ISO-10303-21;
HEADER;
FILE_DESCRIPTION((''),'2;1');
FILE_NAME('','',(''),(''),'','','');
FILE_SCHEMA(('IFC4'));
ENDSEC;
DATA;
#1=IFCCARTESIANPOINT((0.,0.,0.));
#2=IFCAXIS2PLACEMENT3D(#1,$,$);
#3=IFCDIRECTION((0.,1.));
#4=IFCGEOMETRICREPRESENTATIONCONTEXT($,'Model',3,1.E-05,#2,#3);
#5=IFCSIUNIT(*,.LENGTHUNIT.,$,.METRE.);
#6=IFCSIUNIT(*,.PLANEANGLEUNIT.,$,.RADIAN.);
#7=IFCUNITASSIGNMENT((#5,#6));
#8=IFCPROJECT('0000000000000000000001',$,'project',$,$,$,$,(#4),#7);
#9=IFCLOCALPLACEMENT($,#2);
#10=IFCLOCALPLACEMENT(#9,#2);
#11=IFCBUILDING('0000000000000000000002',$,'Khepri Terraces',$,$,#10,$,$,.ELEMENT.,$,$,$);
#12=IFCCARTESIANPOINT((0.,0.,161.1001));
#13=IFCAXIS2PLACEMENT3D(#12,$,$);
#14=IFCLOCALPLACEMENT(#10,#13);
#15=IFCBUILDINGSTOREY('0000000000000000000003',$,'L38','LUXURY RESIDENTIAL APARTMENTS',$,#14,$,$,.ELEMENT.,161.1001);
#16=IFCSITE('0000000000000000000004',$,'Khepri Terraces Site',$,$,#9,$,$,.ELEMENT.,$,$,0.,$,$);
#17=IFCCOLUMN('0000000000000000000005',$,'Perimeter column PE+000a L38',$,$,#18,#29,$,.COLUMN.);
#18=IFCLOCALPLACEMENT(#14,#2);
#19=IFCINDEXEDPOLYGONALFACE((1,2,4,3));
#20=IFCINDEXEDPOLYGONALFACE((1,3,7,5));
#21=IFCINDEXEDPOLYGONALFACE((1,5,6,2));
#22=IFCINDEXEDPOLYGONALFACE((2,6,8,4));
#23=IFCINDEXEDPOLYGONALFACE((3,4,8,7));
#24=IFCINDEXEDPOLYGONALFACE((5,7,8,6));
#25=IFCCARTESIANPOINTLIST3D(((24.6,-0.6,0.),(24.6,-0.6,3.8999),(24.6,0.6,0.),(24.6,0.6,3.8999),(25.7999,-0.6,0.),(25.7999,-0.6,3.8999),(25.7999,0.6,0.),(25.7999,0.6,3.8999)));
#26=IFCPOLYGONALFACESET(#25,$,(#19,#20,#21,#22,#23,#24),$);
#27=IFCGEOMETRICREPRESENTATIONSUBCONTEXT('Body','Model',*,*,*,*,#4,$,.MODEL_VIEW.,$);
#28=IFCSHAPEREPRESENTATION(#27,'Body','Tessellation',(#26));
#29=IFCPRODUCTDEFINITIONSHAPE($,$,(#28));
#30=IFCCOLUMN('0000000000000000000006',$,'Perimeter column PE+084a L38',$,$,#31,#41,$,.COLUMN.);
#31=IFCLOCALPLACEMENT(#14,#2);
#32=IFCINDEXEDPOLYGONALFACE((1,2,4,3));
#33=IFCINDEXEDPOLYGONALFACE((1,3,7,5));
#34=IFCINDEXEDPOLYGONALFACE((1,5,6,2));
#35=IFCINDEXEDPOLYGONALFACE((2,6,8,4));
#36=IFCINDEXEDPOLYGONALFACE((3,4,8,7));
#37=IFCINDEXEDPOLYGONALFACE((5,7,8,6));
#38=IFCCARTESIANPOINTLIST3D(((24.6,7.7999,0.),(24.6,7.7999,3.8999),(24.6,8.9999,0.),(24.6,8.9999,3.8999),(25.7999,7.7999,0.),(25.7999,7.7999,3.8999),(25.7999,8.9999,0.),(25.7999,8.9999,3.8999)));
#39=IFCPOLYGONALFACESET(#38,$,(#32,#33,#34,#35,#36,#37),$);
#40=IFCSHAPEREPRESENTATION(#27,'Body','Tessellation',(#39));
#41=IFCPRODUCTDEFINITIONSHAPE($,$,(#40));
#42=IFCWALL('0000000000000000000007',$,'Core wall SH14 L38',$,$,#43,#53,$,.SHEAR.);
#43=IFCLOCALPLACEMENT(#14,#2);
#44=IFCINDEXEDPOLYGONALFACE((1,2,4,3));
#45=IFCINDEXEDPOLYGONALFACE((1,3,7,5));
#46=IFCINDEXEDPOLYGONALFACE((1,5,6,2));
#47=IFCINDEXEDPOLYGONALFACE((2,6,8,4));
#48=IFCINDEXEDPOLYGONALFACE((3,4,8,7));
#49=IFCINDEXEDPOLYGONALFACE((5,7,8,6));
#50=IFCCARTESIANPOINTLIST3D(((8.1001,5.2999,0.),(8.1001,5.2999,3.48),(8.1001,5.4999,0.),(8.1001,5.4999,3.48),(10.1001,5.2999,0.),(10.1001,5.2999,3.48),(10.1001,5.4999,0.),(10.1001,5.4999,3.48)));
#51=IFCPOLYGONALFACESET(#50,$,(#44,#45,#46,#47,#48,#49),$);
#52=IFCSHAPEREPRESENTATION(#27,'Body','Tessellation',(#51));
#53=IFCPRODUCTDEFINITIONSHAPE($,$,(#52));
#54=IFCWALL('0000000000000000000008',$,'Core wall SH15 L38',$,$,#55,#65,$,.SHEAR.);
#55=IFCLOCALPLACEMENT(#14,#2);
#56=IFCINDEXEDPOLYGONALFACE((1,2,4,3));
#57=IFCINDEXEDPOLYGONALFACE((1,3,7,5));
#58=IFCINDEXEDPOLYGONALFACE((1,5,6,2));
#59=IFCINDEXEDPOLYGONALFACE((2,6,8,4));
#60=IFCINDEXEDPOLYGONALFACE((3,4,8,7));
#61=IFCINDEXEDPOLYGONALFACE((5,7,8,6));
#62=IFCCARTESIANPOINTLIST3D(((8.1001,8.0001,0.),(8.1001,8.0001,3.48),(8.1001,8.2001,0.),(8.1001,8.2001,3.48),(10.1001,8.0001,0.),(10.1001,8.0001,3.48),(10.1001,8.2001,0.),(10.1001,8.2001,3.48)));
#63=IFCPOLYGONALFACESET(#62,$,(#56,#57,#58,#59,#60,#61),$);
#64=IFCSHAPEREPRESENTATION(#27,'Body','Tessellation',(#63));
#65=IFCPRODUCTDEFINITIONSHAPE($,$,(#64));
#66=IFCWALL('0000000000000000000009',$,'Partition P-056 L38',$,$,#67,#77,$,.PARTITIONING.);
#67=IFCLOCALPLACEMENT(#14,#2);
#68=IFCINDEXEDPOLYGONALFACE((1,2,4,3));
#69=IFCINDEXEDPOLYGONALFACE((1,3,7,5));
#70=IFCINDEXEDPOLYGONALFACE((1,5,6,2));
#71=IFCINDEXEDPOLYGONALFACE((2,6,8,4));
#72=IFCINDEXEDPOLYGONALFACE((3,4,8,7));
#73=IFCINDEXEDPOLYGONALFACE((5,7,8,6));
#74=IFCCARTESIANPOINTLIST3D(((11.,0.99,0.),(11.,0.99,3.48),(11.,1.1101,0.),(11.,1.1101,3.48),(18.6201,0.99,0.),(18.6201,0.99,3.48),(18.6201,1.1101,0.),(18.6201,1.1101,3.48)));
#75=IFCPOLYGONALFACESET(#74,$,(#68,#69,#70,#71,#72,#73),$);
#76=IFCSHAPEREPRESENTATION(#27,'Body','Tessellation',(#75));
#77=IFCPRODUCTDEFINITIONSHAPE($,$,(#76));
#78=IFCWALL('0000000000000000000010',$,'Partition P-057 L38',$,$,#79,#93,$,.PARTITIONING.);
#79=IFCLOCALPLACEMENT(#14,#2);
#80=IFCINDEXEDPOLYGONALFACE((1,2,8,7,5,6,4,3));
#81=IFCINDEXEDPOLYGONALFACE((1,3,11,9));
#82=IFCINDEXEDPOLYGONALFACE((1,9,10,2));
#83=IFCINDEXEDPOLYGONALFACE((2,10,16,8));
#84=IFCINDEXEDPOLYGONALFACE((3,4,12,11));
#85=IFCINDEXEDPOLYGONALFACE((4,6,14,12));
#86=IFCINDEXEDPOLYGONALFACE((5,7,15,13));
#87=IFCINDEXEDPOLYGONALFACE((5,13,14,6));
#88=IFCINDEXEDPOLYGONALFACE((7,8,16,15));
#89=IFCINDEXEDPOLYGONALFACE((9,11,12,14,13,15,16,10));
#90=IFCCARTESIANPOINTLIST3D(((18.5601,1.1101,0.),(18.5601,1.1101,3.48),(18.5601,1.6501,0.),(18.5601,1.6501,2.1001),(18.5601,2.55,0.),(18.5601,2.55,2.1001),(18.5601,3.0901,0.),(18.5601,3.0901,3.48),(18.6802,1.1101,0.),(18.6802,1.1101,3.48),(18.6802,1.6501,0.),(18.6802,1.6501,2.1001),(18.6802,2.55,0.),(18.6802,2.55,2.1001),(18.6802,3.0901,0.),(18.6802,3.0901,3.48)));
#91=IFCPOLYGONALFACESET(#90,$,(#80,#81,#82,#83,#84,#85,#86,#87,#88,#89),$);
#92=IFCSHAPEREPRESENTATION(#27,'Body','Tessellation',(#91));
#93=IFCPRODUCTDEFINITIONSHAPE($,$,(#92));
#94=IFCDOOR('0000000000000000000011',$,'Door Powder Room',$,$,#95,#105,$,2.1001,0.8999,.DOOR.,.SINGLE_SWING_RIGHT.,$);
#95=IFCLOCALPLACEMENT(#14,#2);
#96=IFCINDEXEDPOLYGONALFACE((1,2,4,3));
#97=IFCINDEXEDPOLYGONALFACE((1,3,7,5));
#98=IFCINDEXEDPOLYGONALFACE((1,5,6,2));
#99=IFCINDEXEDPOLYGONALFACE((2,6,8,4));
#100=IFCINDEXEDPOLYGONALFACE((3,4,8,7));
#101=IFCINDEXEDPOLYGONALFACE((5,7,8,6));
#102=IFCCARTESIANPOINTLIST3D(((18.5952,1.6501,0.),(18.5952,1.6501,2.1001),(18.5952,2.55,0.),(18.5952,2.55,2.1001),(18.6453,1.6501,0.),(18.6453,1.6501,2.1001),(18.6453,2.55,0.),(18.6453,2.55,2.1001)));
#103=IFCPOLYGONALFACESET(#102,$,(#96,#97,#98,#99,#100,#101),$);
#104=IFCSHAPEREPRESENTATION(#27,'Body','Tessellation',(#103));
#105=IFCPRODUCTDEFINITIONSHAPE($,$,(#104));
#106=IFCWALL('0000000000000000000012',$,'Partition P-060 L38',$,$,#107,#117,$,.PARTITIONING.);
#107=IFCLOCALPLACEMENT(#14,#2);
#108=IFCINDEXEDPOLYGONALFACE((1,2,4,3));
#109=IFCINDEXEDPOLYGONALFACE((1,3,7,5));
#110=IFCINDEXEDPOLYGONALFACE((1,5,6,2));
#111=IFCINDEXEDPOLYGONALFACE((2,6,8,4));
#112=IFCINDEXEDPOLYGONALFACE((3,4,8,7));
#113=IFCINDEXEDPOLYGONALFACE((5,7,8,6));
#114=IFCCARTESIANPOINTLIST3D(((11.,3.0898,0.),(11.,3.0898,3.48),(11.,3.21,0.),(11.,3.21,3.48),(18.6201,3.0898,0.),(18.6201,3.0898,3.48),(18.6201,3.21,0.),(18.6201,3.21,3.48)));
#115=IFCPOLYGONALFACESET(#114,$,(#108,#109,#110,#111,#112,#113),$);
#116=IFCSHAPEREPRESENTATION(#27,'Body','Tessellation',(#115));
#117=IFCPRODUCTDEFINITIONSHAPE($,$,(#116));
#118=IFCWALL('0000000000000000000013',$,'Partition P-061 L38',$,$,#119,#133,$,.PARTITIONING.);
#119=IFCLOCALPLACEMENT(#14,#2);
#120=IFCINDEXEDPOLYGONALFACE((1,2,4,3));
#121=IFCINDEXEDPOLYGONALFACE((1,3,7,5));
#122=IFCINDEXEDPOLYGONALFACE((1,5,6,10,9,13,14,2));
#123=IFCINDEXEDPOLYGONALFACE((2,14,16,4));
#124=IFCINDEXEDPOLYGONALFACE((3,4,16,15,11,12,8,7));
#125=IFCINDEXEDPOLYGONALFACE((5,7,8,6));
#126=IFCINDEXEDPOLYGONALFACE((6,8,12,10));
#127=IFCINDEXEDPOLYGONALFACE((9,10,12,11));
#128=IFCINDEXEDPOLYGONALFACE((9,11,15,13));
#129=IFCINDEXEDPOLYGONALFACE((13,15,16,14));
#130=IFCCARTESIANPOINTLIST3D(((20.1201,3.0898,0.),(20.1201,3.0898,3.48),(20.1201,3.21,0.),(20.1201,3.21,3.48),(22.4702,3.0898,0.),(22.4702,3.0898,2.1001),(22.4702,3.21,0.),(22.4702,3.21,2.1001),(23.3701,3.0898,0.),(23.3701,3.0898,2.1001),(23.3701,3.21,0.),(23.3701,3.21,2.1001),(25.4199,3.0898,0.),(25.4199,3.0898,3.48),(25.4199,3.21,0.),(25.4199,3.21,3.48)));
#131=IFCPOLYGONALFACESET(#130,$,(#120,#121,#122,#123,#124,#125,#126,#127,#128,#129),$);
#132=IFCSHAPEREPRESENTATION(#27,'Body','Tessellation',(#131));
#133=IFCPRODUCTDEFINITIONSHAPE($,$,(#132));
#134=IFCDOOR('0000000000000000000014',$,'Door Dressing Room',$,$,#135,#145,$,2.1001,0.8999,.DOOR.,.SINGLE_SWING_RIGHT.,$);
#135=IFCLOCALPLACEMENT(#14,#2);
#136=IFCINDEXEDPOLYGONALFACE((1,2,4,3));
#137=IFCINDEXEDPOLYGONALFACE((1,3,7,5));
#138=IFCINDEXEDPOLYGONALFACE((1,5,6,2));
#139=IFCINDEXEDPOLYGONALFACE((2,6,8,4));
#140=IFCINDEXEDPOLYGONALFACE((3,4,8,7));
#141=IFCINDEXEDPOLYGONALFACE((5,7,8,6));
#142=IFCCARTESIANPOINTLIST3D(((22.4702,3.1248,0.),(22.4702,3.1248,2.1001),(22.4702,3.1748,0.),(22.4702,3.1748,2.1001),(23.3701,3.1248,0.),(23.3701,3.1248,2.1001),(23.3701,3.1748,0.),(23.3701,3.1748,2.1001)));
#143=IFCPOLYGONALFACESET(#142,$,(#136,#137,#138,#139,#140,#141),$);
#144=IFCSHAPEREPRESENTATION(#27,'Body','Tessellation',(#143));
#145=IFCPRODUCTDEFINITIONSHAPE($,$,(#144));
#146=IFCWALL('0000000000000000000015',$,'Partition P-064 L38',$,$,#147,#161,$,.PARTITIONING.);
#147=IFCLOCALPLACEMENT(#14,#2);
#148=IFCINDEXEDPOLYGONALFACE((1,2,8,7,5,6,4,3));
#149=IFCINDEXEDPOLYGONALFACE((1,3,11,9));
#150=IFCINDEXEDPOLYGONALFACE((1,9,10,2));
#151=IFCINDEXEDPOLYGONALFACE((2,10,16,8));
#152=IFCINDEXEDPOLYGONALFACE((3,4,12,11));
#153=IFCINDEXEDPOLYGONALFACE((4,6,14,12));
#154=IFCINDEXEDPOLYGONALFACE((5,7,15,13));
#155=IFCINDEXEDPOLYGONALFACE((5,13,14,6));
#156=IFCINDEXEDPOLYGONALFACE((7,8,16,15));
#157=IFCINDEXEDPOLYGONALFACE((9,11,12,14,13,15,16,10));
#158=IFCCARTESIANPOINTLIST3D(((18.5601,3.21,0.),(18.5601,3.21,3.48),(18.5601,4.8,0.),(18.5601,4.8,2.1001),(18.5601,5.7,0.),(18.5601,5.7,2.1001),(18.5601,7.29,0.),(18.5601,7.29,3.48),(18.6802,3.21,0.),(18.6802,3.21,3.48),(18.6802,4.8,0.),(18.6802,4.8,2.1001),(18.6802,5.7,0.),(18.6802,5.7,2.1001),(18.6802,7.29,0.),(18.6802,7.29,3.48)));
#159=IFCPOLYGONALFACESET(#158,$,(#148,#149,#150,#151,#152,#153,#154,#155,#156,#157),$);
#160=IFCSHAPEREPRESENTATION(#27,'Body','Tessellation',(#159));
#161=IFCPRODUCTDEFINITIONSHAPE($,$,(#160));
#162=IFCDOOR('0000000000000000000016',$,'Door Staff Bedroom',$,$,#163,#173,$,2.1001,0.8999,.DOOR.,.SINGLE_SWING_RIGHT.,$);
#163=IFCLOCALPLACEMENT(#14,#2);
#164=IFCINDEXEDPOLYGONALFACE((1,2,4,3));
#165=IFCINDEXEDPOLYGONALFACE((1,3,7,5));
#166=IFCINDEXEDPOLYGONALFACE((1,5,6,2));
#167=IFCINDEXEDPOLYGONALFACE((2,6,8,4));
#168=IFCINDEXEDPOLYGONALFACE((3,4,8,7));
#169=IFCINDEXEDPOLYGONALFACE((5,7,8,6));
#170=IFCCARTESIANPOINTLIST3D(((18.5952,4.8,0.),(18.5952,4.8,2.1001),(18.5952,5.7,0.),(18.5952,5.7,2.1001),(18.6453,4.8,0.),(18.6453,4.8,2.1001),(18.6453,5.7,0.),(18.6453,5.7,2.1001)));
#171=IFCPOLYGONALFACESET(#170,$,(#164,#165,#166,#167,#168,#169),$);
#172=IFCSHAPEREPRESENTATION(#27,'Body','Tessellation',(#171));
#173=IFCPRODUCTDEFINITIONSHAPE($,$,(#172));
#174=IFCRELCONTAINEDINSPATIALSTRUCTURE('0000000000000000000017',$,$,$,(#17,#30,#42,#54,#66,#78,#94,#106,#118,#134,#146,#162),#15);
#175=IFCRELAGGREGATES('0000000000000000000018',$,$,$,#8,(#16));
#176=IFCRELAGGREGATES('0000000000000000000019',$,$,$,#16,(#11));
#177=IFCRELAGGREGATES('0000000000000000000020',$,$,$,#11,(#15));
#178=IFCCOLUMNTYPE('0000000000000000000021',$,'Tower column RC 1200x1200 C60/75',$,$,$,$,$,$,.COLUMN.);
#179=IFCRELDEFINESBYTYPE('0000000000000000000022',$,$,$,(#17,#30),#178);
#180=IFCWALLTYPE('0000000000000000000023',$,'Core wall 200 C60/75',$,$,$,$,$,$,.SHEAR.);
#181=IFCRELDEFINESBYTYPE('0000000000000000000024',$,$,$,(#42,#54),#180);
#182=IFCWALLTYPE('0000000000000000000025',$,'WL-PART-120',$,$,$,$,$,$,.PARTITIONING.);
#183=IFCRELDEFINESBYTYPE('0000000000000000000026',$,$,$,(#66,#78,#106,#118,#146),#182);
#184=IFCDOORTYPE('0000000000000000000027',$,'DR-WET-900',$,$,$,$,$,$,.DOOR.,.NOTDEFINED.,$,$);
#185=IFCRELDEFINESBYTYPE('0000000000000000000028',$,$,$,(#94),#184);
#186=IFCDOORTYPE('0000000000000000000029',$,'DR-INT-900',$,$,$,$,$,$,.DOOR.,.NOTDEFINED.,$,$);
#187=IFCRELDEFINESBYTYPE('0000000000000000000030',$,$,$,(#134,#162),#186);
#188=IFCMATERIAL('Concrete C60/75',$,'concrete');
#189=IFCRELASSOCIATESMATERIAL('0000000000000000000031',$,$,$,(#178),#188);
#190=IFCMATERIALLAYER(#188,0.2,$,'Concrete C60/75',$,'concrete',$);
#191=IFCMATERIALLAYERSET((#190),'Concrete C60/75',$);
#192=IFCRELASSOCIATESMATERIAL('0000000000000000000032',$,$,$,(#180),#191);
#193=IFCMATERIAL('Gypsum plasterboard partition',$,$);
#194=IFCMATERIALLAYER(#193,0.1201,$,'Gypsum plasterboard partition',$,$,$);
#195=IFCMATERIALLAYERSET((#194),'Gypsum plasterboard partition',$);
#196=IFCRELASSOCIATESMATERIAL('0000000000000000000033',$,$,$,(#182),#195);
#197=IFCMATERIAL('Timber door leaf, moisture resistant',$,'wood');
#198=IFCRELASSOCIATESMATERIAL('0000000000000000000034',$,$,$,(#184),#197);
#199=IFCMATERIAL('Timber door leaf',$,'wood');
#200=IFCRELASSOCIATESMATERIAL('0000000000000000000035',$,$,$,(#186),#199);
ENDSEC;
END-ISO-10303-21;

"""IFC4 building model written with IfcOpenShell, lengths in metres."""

from ifc_helpers import new_model, si_unit, direction, frame, frame_2d, origin, origin_2d, place, context, subcontext, project, spatial, rectangle, extrude, material, layer, layer_set, material_profile, profile_set, type_object, element, fill, save


model = new_model("IFC4")

# Units and contexts
model_context = context("Model", 3, precision=1e-05, world=origin(), true_north=direction((0.0, 1.0)))
body_context = subcontext(model_context, "Body", "Model", "MODEL_VIEW")
ifc_project = project(units=[si_unit("LENGTHUNIT", "METRE"), si_unit("PLANEANGLEUNIT", "RADIAN")], contexts=[model_context])

# Site, building, storey
site_placement = place(None, origin())
site = spatial("IfcSite", under=ifc_project, at=site_placement, Name="Khepri Terraces Site", CompositionType="ELEMENT", RefElevation=0.0)
building_placement = place(site_placement, origin())
building = spatial("IfcBuilding", under=site, at=building_placement, Name="Khepri Terraces", CompositionType="ELEMENT")
storey_placement = place(building_placement, frame((0.0, 0.0, 161.1001)))
storey = spatial("IfcBuildingStorey", under=building, at=storey_placement, Name="L38", Description="LUXURY RESIDENTIAL APARTMENTS", CompositionType="ELEMENT", Elevation=161.1001)

# Columns
ifc_material_1 = material(Name="Concrete C60/75", Category="concrete")
ifc_material_profile = material_profile(ifc_material_1, rectangle(XDim=1.2, YDim=1.2, at=origin_2d()), Name="Concrete C60/75", Category="concrete")
ifc_profile_set = profile_set([ifc_material_profile], Name="Concrete C60/75")
column_type = type_object("IfcColumnType", Name="Tower column RC 1200x1200 C60/75", PredefinedType="COLUMN", material=ifc_profile_set)
for number, where, z_axis, x_axis, name in (
    (1, (25.2, 0.0, 0.0), (0.0, 0.0, 1.0), (1.0, 0.0, 0.0), "Perimeter column PE+000a L38"),
    (2, (25.2, 8.3999, 0.0), (0.0, 0.0, 1.0), (1.0, 0.0, 0.0), "Perimeter column PE+084a L38"),
):
    element("IfcColumn", number, at=place(storey_placement, frame(where, z_axis=z_axis, x_axis=x_axis)), inside=storey, type_object=column_type, Name=name, PredefinedType="COLUMN", context=body_context, shape_type="SweptSolid", body=[
        extrude(rectangle(XDim=1.2, YDim=1.2, at=origin_2d()), origin(), (0.0, 0.0, 1.0), 3.8999),
    ])

# Walls
ifc_layer_1 = layer(ifc_material_1, 0.2, Name="Concrete C60/75", Category="concrete")
ifc_layer_set_1 = layer_set([ifc_layer_1], Name="Concrete C60/75")
wall_type_1 = type_object("IfcWallType", Name="Core wall 200 C60/75", PredefinedType="SHEAR", material=ifc_layer_set_1)
for number, where, z_axis, x_axis, name in (
    (3, (8.1001, 5.3999, 0.0), (0.0, 0.0, 1.0), (1.0, 0.0, 0.0), "Core wall SH14 L38"),
    (4, (8.1001, 8.1001, 0.0), (0.0, 0.0, 1.0), (1.0, 0.0, 0.0), "Core wall SH15 L38"),
):
    element("IfcWall", number, at=place(storey_placement, frame(where, z_axis=z_axis, x_axis=x_axis)), inside=storey, type_object=wall_type_1, Name=name, PredefinedType="SHEAR", context=body_context, shape_type="SweptSolid", body=[
        extrude(rectangle(XDim=2.0, YDim=0.2, at=frame_2d((1.0, 0.0))), origin(), (0.0, 0.0, 1.0), 3.48),
    ])

# Wall
ifc_material_2 = material(Name="Gypsum plasterboard partition")
ifc_layer_2 = layer(ifc_material_2, 0.1201, Name="Gypsum plasterboard partition")
ifc_layer_set_2 = layer_set([ifc_layer_2], Name="Gypsum plasterboard partition")
wall_type_2 = type_object("IfcWallType", Name="WL-PART-120", PredefinedType="PARTITIONING", material=ifc_layer_set_2)
wall_1_placement = place(storey_placement, frame((11.0, 1.05, 0.0), z_axis=(0.0, 0.0, 1.0), x_axis=(1.0, 0.0, 0.0)))
element("IfcWall", 5, at=wall_1_placement, inside=storey, type_object=wall_type_2, Name="Partition P-056 L38", PredefinedType="PARTITIONING", context=body_context, shape_type="SweptSolid", body=[
    extrude(rectangle(XDim=7.6201, YDim=0.1201, at=frame_2d((3.8101, 0.0))), origin(), (0.0, 0.0, 1.0), 3.48),
])

# Wall, opening, door
wall_2_placement = place(storey_placement, frame((18.6201, 1.1101, 0.0), z_axis=(0.0, 0.0, 1.0), x_axis=(0.0, 1.0, 0.0)))
wall_2 = element("IfcWall", 6, at=wall_2_placement, inside=storey, type_object=wall_type_2, Name="Partition P-057 L38", PredefinedType="PARTITIONING", context=body_context, shape_type="SweptSolid", body=[
    extrude(rectangle(XDim=1.98, YDim=0.1201, at=frame_2d((0.99, 0.0))), origin(), (0.0, 0.0, 1.0), 3.48),
])
opening_1_placement = place(wall_2_placement, frame((0.54, 0.0, 0.0)))
opening_1 = element("IfcOpeningElement", 7, at=opening_1_placement, cuts=wall_2, PredefinedType="OPENING", context=body_context, shape_type="SweptSolid", body=[
    extrude(rectangle(XDim=0.8999, YDim=2.1001, at=frame_2d((0.45, 1.05))), frame((0.0, 0.0701, 0.0), z_axis=(0.0, -1.0, 0.0), x_axis=(1.0, 0.0, 0.0)), (0.0, 0.0, 1.0), 0.1401),
])
ifc_material_3 = material(Name="Timber door leaf, moisture resistant", Category="wood")
door_type_1 = type_object("IfcDoorType", Name="DR-WET-900", OperationType="NOTDEFINED", PredefinedType="DOOR", material=ifc_material_3)
door_1_placement = place(opening_1_placement, origin())
door_1 = element("IfcDoor", 8, at=door_1_placement, inside=storey, type_object=door_type_1, Name="Door Powder Room", OperationType="SINGLE_SWING_RIGHT", OverallHeight=2.1001, OverallWidth=0.8999, PredefinedType="DOOR", context=body_context, shape_type="SweptSolid", body=[
    extrude(rectangle(XDim=0.8999, YDim=2.1001, at=frame_2d((0.45, 1.05))), frame((0.0, 0.0249, 0.0), z_axis=(0.0, -1.0, 0.0), x_axis=(1.0, 0.0, 0.0)), (0.0, 0.0, 1.0), 0.05),
])
fill(opening_1, door_1)

# Wall
wall_3_placement = place(storey_placement, frame((11.0, 3.1499, 0.0), z_axis=(0.0, 0.0, 1.0), x_axis=(1.0, 0.0, 0.0)))
element("IfcWall", 9, at=wall_3_placement, inside=storey, type_object=wall_type_2, Name="Partition P-060 L38", PredefinedType="PARTITIONING", context=body_context, shape_type="SweptSolid", body=[
    extrude(rectangle(XDim=7.6201, YDim=0.1201, at=frame_2d((3.8101, 0.0))), origin(), (0.0, 0.0, 1.0), 3.48),
])

# Walls, openings, doors
wall_4_placement = place(storey_placement, frame((20.1201, 3.1499, 0.0), z_axis=(0.0, 0.0, 1.0), x_axis=(1.0, 0.0, 0.0)))
wall_4 = element("IfcWall", 10, at=wall_4_placement, inside=storey, type_object=wall_type_2, Name="Partition P-061 L38", PredefinedType="PARTITIONING", context=body_context, shape_type="SweptSolid", body=[
    extrude(rectangle(XDim=5.2998, YDim=0.1201, at=frame_2d((2.6499, 0.0))), origin(), (0.0, 0.0, 1.0), 3.48),
])
opening_2_placement = place(wall_4_placement, frame((2.3501, 0.0, 0.0)))
opening_2 = element("IfcOpeningElement", 11, at=opening_2_placement, cuts=wall_4, PredefinedType="OPENING", context=body_context, shape_type="SweptSolid", body=[
    extrude(rectangle(XDim=0.8999, YDim=2.1001, at=frame_2d((0.45, 1.05))), frame((0.0, 0.0701, 0.0), z_axis=(0.0, -1.0, 0.0), x_axis=(1.0, 0.0, 0.0)), (0.0, 0.0, 1.0), 0.1401),
])
ifc_material_4 = material(Name="Timber door leaf", Category="wood")
door_type_2 = type_object("IfcDoorType", Name="DR-INT-900", OperationType="NOTDEFINED", PredefinedType="DOOR", material=ifc_material_4)
door_2_placement = place(opening_2_placement, origin())
door_2 = element("IfcDoor", 12, at=door_2_placement, inside=storey, type_object=door_type_2, Name="Door Dressing Room", OperationType="SINGLE_SWING_RIGHT", OverallHeight=2.1001, OverallWidth=0.8999, PredefinedType="DOOR", context=body_context, shape_type="SweptSolid", body=[
    extrude(rectangle(XDim=0.8999, YDim=2.1001, at=frame_2d((0.45, 1.05))), frame((0.0, 0.0249, 0.0), z_axis=(0.0, -1.0, 0.0), x_axis=(1.0, 0.0, 0.0)), (0.0, 0.0, 1.0), 0.05),
])
fill(opening_2, door_2)
wall_5_placement = place(storey_placement, frame((18.6201, 3.21, 0.0), z_axis=(0.0, 0.0, 1.0), x_axis=(0.0, 1.0, 0.0)))
wall_5 = element("IfcWall", 13, at=wall_5_placement, inside=storey, type_object=wall_type_2, Name="Partition P-064 L38", PredefinedType="PARTITIONING", context=body_context, shape_type="SweptSolid", body=[
    extrude(rectangle(XDim=4.0801, YDim=0.1201, at=frame_2d((2.04, 0.0))), origin(), (0.0, 0.0, 1.0), 3.48),
])
opening_3_placement = place(wall_5_placement, frame((1.5901, 0.0, 0.0)))
opening_3 = element("IfcOpeningElement", 14, at=opening_3_placement, cuts=wall_5, PredefinedType="OPENING", context=body_context, shape_type="SweptSolid", body=[
    extrude(rectangle(XDim=0.8999, YDim=2.1001, at=frame_2d((0.45, 1.05))), frame((0.0, 0.0701, 0.0), z_axis=(0.0, -1.0, 0.0), x_axis=(1.0, 0.0, 0.0)), (0.0, 0.0, 1.0), 0.1401),
])
door_3_placement = place(opening_3_placement, origin())
door_3 = element("IfcDoor", 15, at=door_3_placement, inside=storey, type_object=door_type_2, Name="Door Staff Bedroom", OperationType="SINGLE_SWING_RIGHT", OverallHeight=2.1001, OverallWidth=0.8999, PredefinedType="DOOR", context=body_context, shape_type="SweptSolid", body=[
    extrude(rectangle(XDim=0.8999, YDim=2.1001, at=frame_2d((0.45, 1.05))), frame((0.0, 0.0249, 0.0), z_axis=(0.0, -1.0, 0.0), x_axis=(1.0, 0.0, 0.0)), (0.0, 0.0, 1.0), 0.05),
])
fill(opening_3, door_3)

save(model, "model.ifc")
